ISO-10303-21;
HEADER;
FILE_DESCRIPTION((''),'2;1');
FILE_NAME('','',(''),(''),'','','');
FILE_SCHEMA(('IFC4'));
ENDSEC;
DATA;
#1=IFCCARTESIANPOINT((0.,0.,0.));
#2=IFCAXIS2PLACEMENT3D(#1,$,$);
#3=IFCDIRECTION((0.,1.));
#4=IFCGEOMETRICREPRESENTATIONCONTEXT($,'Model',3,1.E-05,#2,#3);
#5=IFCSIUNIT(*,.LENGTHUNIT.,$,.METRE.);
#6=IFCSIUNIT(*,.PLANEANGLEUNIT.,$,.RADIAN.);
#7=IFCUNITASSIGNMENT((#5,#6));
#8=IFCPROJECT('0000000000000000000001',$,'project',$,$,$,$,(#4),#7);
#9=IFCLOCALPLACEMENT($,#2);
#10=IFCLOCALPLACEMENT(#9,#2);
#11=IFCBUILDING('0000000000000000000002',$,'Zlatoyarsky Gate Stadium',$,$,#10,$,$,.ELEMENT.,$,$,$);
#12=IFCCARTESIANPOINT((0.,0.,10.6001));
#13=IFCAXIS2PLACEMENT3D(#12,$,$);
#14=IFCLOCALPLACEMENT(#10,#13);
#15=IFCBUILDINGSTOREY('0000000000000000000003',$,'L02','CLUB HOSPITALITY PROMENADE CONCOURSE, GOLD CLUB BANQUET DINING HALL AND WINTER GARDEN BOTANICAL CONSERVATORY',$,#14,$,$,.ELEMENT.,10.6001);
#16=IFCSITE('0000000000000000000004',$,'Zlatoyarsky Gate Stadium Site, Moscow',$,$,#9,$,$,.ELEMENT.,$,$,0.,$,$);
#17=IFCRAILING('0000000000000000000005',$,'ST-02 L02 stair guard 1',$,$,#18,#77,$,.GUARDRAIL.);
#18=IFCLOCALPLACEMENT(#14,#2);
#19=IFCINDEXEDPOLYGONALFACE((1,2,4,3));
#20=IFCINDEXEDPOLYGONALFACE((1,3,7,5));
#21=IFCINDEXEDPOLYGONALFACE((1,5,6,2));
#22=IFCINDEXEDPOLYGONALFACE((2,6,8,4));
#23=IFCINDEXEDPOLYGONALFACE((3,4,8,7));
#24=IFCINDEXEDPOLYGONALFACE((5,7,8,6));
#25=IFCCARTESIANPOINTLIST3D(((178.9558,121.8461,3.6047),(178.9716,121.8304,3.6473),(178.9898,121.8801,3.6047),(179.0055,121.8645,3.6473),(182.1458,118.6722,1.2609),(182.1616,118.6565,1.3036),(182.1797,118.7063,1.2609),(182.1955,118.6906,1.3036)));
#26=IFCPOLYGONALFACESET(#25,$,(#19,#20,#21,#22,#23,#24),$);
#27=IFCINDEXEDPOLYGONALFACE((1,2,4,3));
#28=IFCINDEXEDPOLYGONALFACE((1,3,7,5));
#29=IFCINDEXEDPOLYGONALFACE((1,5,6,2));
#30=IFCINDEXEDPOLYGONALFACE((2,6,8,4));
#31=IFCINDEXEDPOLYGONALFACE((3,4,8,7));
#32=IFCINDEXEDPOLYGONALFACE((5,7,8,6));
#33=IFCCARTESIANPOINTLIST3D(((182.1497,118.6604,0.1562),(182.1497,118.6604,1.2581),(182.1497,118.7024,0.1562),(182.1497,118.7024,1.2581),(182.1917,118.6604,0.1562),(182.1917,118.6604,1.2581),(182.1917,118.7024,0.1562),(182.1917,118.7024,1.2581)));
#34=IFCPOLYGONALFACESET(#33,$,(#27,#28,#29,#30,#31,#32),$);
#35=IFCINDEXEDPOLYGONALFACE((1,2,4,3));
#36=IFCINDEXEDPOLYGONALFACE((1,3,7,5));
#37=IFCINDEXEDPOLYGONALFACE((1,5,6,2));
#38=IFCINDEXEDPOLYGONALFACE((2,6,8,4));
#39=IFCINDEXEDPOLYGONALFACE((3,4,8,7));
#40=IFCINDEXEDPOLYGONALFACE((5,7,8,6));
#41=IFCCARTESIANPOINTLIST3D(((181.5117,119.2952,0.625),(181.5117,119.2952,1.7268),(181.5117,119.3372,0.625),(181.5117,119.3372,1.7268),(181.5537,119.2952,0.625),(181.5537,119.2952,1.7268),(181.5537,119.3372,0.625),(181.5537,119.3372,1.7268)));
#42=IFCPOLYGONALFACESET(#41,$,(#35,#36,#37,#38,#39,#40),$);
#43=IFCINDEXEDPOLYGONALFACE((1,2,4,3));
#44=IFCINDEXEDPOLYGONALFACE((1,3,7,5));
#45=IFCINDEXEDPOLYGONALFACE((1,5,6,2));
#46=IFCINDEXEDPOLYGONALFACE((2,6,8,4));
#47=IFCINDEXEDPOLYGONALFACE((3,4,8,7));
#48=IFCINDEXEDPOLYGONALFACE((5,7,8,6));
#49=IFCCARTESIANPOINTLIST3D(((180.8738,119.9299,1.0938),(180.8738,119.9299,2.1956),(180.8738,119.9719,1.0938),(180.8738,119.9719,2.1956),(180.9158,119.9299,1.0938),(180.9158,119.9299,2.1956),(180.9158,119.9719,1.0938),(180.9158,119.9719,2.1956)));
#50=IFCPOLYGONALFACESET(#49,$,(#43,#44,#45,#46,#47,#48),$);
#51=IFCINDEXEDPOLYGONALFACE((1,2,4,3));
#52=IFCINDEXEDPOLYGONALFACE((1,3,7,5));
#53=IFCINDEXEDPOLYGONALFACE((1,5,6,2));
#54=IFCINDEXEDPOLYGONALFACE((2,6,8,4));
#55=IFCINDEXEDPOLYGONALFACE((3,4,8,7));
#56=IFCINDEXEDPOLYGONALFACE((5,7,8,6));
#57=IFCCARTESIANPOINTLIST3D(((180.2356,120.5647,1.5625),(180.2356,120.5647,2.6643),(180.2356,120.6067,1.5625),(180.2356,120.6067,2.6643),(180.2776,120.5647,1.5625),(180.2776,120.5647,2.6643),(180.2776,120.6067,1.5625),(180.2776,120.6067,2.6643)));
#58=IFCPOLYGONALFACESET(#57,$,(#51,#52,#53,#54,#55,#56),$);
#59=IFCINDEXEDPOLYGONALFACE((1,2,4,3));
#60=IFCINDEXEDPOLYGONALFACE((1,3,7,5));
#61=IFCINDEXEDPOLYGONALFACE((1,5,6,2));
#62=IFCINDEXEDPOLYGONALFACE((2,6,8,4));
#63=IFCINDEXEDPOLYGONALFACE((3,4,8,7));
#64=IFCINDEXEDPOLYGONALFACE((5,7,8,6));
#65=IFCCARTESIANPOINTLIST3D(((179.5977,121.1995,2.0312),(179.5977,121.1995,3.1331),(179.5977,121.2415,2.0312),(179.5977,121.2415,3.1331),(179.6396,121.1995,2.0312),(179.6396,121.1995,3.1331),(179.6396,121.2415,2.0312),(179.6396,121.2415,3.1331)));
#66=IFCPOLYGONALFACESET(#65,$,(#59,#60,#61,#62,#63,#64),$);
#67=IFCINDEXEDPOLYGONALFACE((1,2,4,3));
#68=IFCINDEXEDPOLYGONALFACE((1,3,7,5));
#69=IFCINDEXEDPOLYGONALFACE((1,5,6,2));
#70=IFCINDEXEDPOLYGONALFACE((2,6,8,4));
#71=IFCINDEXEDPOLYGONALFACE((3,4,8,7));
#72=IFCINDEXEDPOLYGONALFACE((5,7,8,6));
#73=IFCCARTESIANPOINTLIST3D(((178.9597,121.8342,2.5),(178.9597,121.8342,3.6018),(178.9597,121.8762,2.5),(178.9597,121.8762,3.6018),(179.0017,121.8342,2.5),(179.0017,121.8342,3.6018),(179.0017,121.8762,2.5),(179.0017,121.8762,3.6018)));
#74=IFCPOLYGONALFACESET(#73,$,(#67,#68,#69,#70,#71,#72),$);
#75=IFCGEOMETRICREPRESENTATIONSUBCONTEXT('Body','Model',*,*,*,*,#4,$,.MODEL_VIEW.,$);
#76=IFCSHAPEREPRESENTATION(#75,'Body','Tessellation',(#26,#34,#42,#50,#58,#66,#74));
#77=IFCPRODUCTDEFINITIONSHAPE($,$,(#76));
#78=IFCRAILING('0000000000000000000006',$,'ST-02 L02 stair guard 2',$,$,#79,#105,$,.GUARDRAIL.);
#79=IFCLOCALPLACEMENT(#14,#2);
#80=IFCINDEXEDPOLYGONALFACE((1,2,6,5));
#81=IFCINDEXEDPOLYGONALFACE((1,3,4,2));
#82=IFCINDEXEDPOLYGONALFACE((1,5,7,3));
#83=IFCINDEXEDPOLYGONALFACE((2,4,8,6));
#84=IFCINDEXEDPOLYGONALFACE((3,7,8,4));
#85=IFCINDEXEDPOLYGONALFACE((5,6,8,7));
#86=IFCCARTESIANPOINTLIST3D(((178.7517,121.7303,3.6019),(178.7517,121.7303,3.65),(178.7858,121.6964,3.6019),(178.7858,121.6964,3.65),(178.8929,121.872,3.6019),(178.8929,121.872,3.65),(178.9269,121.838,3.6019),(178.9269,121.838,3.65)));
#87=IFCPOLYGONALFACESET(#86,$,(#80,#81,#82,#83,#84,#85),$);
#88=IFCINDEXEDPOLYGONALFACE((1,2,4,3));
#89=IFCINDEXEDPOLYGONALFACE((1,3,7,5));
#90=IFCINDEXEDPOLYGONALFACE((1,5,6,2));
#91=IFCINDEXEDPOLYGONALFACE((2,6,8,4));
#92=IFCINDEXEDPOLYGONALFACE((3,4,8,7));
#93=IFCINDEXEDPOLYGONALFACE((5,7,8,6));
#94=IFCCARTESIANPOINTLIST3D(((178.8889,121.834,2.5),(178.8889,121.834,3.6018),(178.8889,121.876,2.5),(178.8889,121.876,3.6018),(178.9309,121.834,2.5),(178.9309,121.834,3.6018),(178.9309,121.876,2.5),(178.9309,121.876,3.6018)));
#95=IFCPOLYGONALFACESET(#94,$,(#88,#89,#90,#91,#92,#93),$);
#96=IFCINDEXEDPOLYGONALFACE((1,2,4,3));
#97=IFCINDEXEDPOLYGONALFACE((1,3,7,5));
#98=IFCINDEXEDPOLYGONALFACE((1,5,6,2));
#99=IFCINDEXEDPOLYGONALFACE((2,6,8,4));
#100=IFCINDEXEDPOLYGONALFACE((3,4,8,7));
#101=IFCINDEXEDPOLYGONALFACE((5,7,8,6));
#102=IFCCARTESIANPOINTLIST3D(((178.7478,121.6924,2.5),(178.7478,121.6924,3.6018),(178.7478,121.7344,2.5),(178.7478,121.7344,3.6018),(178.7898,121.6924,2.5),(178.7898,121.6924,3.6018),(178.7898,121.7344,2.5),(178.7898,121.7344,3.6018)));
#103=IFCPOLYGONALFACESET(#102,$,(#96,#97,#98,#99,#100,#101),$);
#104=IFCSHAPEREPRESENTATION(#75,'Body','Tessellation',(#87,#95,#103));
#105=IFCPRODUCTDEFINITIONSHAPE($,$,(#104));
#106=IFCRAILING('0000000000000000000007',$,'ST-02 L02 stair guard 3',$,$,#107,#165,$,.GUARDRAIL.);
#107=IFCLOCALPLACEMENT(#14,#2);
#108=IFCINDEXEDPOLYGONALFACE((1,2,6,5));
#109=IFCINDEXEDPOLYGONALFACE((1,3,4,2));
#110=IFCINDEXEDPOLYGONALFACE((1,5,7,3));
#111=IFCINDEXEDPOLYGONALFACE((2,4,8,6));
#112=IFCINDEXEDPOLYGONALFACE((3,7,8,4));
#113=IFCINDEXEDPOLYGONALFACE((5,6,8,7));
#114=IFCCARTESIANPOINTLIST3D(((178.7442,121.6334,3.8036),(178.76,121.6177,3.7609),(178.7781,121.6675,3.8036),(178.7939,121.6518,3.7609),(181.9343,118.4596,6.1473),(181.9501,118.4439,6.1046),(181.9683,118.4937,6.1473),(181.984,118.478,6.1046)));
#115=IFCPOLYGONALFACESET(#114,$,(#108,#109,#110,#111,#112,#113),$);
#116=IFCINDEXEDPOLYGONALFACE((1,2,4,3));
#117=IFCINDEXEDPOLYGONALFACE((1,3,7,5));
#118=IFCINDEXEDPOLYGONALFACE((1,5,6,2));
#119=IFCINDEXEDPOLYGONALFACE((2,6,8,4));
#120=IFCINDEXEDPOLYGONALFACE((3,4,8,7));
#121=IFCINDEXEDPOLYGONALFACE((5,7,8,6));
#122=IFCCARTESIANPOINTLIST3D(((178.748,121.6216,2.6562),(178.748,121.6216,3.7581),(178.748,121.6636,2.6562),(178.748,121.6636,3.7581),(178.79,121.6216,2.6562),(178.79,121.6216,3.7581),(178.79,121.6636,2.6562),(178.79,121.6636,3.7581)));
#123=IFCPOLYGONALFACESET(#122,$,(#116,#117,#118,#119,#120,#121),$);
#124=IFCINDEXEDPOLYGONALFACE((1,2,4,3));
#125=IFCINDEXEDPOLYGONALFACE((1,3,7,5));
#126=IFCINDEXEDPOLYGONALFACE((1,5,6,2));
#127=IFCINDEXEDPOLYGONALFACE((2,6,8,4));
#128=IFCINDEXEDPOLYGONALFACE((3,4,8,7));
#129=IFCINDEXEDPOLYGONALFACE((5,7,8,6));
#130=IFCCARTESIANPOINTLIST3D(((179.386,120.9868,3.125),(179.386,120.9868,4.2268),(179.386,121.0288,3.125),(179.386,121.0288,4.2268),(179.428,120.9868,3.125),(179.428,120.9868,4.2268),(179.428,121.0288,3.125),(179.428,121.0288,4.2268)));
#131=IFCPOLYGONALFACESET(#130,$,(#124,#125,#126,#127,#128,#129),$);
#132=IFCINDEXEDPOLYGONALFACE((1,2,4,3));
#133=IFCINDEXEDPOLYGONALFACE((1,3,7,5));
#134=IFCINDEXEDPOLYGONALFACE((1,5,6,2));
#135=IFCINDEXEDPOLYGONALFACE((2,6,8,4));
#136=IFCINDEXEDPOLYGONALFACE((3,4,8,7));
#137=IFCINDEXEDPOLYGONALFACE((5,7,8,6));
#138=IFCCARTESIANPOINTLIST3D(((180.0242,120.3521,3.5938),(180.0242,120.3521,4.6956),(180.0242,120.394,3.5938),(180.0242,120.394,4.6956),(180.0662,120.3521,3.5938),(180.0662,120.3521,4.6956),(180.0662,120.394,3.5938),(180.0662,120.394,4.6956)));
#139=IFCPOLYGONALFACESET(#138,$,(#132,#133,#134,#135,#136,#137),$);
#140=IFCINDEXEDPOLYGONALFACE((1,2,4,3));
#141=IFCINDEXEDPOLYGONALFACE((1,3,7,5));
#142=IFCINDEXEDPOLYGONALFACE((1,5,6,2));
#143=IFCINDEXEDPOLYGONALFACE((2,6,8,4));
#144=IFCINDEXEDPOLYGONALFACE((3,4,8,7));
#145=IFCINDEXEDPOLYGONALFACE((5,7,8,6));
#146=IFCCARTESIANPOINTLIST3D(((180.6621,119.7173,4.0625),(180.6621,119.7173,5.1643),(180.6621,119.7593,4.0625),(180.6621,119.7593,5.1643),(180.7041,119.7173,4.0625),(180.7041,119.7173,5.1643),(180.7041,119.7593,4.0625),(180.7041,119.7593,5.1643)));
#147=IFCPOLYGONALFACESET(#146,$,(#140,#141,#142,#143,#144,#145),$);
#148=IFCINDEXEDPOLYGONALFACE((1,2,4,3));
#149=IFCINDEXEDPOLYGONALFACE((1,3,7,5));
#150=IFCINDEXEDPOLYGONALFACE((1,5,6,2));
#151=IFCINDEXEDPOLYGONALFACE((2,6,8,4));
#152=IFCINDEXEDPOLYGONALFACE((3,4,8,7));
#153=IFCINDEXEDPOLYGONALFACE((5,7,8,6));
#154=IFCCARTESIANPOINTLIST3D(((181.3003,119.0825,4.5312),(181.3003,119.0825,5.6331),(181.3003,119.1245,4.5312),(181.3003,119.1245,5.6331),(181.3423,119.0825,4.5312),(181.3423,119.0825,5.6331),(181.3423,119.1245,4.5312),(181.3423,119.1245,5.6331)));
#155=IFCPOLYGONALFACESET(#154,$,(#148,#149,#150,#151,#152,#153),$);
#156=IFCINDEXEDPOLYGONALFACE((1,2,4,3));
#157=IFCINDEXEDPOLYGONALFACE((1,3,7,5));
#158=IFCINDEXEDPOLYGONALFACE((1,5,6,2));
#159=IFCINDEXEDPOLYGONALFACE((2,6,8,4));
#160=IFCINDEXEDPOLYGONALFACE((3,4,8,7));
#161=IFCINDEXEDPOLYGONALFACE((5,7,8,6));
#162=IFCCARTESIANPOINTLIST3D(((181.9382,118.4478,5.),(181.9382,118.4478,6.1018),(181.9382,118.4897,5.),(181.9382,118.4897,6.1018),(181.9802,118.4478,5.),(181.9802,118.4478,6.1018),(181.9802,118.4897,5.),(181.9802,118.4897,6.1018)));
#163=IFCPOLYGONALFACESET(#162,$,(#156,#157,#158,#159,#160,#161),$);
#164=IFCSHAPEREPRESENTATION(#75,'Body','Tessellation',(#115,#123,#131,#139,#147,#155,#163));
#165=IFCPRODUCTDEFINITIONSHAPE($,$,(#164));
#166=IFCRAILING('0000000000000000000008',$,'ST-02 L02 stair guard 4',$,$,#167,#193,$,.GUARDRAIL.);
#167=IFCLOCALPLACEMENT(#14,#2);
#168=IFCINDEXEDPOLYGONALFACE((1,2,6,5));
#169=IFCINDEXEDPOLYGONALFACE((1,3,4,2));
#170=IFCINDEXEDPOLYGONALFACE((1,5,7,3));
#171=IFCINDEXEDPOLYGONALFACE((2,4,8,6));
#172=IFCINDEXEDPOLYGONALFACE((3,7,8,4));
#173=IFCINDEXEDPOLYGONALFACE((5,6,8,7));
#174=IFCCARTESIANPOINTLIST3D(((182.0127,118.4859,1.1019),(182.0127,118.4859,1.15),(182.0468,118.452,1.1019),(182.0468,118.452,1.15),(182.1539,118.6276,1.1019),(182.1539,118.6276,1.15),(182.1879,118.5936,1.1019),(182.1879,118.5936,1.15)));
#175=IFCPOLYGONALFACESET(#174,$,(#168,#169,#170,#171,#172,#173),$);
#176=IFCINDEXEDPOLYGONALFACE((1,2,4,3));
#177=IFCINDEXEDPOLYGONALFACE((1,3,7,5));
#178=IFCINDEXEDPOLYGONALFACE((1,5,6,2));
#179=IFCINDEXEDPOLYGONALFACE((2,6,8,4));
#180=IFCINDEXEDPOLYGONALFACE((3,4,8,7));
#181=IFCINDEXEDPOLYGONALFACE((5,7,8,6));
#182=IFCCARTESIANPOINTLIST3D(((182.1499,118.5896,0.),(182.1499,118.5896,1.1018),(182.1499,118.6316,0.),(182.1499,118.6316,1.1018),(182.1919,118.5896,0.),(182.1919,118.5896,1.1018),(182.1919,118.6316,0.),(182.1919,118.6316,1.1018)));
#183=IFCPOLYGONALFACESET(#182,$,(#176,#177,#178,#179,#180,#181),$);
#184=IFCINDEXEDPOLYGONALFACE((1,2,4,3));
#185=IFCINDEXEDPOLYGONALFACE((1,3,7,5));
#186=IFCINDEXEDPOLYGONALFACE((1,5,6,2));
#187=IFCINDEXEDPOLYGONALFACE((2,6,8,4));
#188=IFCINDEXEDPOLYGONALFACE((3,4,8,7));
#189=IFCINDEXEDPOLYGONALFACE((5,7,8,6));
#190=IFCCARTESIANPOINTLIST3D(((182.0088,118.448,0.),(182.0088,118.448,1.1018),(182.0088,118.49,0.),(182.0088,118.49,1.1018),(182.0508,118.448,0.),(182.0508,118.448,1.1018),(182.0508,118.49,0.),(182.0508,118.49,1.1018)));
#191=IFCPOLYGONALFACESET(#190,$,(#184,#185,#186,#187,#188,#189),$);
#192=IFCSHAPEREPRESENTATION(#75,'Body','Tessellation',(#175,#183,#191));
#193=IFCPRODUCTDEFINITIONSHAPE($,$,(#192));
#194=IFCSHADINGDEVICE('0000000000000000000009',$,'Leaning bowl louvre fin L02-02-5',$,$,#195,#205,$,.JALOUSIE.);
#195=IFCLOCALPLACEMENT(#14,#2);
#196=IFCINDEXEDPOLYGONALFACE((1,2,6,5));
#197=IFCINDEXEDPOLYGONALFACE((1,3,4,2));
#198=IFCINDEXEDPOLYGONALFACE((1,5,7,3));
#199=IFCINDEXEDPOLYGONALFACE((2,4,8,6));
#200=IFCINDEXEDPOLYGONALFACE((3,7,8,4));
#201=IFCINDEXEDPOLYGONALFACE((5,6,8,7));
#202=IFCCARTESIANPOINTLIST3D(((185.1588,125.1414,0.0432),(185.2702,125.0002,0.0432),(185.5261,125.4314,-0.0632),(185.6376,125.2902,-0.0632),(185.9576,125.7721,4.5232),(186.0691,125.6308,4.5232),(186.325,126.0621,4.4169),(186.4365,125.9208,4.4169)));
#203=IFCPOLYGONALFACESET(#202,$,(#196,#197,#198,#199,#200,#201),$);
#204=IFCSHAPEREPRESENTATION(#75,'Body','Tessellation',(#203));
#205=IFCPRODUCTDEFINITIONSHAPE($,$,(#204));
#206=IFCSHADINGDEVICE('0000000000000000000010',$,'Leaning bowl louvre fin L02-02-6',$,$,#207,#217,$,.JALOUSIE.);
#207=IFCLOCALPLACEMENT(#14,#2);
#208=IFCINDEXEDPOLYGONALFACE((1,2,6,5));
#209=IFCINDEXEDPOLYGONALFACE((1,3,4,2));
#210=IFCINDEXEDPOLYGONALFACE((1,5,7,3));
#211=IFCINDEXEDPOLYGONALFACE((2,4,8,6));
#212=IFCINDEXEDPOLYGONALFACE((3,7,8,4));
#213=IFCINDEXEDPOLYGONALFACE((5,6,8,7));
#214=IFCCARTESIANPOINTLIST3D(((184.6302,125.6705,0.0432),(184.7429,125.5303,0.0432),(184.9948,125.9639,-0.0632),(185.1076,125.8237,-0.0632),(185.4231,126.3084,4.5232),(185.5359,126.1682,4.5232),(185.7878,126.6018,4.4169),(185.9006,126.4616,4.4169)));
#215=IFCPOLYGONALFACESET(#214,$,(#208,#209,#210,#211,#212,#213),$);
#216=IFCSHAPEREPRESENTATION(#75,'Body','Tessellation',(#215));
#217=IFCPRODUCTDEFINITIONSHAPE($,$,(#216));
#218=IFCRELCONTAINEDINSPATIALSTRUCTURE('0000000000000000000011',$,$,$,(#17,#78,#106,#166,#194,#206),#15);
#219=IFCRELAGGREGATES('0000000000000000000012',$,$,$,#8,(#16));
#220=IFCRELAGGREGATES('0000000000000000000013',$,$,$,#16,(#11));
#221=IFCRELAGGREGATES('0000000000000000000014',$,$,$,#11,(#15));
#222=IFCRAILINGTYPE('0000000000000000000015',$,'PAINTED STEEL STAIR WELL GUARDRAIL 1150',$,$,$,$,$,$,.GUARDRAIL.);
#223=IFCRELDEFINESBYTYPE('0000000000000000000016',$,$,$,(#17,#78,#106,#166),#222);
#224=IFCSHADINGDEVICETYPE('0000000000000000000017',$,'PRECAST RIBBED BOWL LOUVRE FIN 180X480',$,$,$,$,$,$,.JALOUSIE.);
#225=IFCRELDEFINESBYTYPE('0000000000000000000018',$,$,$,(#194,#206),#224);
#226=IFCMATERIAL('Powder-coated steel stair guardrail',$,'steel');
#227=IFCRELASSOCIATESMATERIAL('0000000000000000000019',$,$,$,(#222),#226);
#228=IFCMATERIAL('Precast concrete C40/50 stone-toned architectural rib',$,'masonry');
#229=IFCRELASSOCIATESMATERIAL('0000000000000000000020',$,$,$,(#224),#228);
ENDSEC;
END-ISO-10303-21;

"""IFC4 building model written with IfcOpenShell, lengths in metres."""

from ifc_helpers import new_model, si_unit, direction, frame, origin, origin_2d, place, context, subcontext, project, spatial, rectangle, extrude, material, material_profile, profile_set, type_object, element, save


model = new_model("IFC4")

# Units and contexts
model_context = context("Model", 3, precision=1e-05, world=origin(), true_north=direction((0.0, 1.0)))
body_context = subcontext(model_context, "Body", "Model", "MODEL_VIEW")
ifc_project = project(units=[si_unit("LENGTHUNIT", "METRE"), si_unit("PLANEANGLEUNIT", "RADIAN")], contexts=[model_context])

# Site, building, storey
site_placement = place(None, origin())
site = spatial("IfcSite", under=ifc_project, at=site_placement, Name="Zlatoyarsky Gate Stadium Site, Moscow", CompositionType="ELEMENT", RefElevation=0.0)
building_placement = place(site_placement, origin())
building = spatial("IfcBuilding", under=site, at=building_placement, Name="Zlatoyarsky Gate Stadium", CompositionType="ELEMENT")
storey_placement = place(building_placement, frame((0.0, 0.0, 10.6001)))
storey = spatial("IfcBuildingStorey", under=building, at=storey_placement, Name="L02", Description="CLUB HOSPITALITY PROMENADE CONCOURSE, GOLD CLUB BANQUET DINING HALL AND WINTER GARDEN BOTANICAL CONSERVATORY", CompositionType="ELEMENT", Elevation=10.6001)

# Railings
ifc_material_1 = material(Name="Powder-coated steel stair guardrail", Category="steel")
railing_type_1 = type_object("IfcRailingType", Name="PAINTED STEEL STAIR WELL GUARDRAIL 1150", PredefinedType="GUARDRAIL", material=ifc_material_1)
railing_1_placement = place(storey_placement, frame((182.1707, 118.6814, 0.1562)))
element("IfcRailing", 1, at=railing_1_placement, inside=storey, type_object=railing_type_1, Name="ST-02 L02 stair guard 1", PredefinedType="GUARDRAIL", context=body_context, shape_type="SweptSolid", body=[
    extrude(rectangle(XDim=0.0481, YDim=0.0481, at=origin_2d()), frame((0.0, 0.0, 1.126), z_axis=(-0.628725, 0.625549, 0.461944), x_axis=(-0.705314, -0.708895, 0.0)), (0.0, 0.0, 1.0), 5.0737),
    extrude(rectangle(XDim=0.042, YDim=0.042, at=origin_2d()), origin(), (0.0, 0.0, 1.0), 1.1018),
    extrude(rectangle(XDim=0.042, YDim=0.042, at=origin_2d()), frame((-0.6379, 0.6348, 0.4688)), (0.0, 0.0, 1.0), 1.1018),
    extrude(rectangle(XDim=0.042, YDim=0.042, at=origin_2d()), frame((-1.2759, 1.2695, 0.9375)), (0.0, 0.0, 1.0), 1.1018),
    extrude(rectangle(XDim=0.042, YDim=0.042, at=origin_2d()), frame((-1.9141, 1.9043, 1.4062)), (0.0, 0.0, 1.0), 1.1018),
    extrude(rectangle(XDim=0.042, YDim=0.042, at=origin_2d()), frame((-2.552, 2.5391, 1.875)), (0.0, 0.0, 1.0), 1.1018),
    extrude(rectangle(XDim=0.042, YDim=0.042, at=origin_2d()), frame((-3.1899, 3.1738, 2.3438)), (0.0, 0.0, 1.0), 1.1018),
])
railing_2_placement = place(storey_placement, frame((178.9099, 121.855, 2.5)))
element("IfcRailing", 2, at=railing_2_placement, inside=storey, type_object=railing_type_1, Name="ST-02 L02 stair guard 2", PredefinedType="GUARDRAIL", context=body_context, shape_type="SweptSolid", body=[
    extrude(rectangle(XDim=0.0481, YDim=0.0481, at=origin_2d()), frame((0.0, 0.0, 1.126), z_axis=(-0.705884, -0.708327, 0.0), x_axis=(0.708327, -0.705884, 0.0)), (0.0, 0.0, 1.0), 0.2),
    extrude(rectangle(XDim=0.042, YDim=0.042, at=origin_2d()), origin(), (0.0, 0.0, 1.0), 1.1018),
    extrude(rectangle(XDim=0.042, YDim=0.042, at=origin_2d()), frame((-0.1411, -0.1416, 0.0)), (0.0, 0.0, 1.0), 1.1018),
])
railing_3_placement = place(storey_placement, frame((178.769, 121.6426, 2.6562)))
element("IfcRailing", 3, at=railing_3_placement, inside=storey, type_object=railing_type_1, Name="ST-02 L02 stair guard 3", PredefinedType="GUARDRAIL", context=body_context, shape_type="SweptSolid", body=[
    extrude(rectangle(XDim=0.0481, YDim=0.0481, at=origin_2d()), frame((0.0, 0.0, 1.126), z_axis=(0.628754, -0.62553, 0.46193), x_axis=(0.705287, 0.708922, 0.0)), (0.0, 0.0, 1.0), 5.0737),
    extrude(rectangle(XDim=0.042, YDim=0.042, at=origin_2d()), origin(), (0.0, 0.0, 1.0), 1.1018),
    extrude(rectangle(XDim=0.042, YDim=0.042, at=origin_2d()), frame((0.6379, -0.6348, 0.4688)), (0.0, 0.0, 1.0), 1.1018),
    extrude(rectangle(XDim=0.042, YDim=0.042, at=origin_2d()), frame((1.2761, -1.2695, 0.9375)), (0.0, 0.0, 1.0), 1.1018),
    extrude(rectangle(XDim=0.042, YDim=0.042, at=origin_2d()), frame((1.9141, -1.9043, 1.4062)), (0.0, 0.0, 1.0), 1.1018),
    extrude(rectangle(XDim=0.042, YDim=0.042, at=origin_2d()), frame((2.5522, -2.5391, 1.875)), (0.0, 0.0, 1.0), 1.1018),
    extrude(rectangle(XDim=0.042, YDim=0.042, at=origin_2d()), frame((3.1902, -3.1738, 2.3438)), (0.0, 0.0, 1.0), 1.1018),
])
railing_4_placement = place(storey_placement, frame((182.1709, 118.6106, 0.0)))
element("IfcRailing", 4, at=railing_4_placement, inside=storey, type_object=railing_type_1, Name="ST-02 L02 stair guard 4", PredefinedType="GUARDRAIL", context=body_context, shape_type="SweptSolid", body=[
    extrude(rectangle(XDim=0.0481, YDim=0.0481, at=origin_2d()), frame((0.0, 0.0, 1.126), z_axis=(-0.705884, -0.708327, 0.0), x_axis=(0.708327, -0.705884, 0.0)), (0.0, 0.0, 1.0), 0.2),
    extrude(rectangle(XDim=0.042, YDim=0.042, at=origin_2d()), origin(), (0.0, 0.0, 1.0), 1.1018),
    extrude(rectangle(XDim=0.042, YDim=0.042, at=origin_2d()), frame((-0.1411, -0.1416, 0.0)), (0.0, 0.0, 1.0), 1.1018),
])

# Shading devices
ifc_material_2 = material(Name="Precast concrete C40/50 stone-toned architectural rib", Category="masonry")
ifc_material_profile_1 = material_profile(ifc_material_2, rectangle(XDim=0.1799, YDim=0.48, at=origin_2d()), Name="RIB 180X480")
ifc_profile_set_1 = profile_set([ifc_material_profile_1], Name="Precast concrete C40/50 stone-toned architectural rib")
shading_device_type = type_object("IfcShadingDeviceType", Name="PRECAST RIBBED BOWL LOUVRE FIN 180X480", PredefinedType="JALOUSIE", material=ifc_profile_set_1)
for number, where, z_axis, x_axis, name in (
    (5, (185.3982, 125.2158, -0.01), (0.17388, 0.137265, 0.975153), (-0.619621, 0.784901, 0.0), "Leaning bowl louvre fin L02-02-5"),
    (6, (184.8689, 125.7471, -0.01), (0.172605, 0.13886, 0.975154), (-0.626828, 0.779157, 0.0), "Leaning bowl louvre fin L02-02-6"),
):
    element("IfcShadingDevice", number, at=place(storey_placement, frame(where, z_axis=z_axis, x_axis=x_axis)), inside=storey, type_object=shading_device_type, Name=name, PredefinedType="JALOUSIE", context=body_context, shape_type="SweptSolid", body=[
        extrude(rectangle(XDim=0.1799, YDim=0.48, at=origin_2d()), origin(), (0.0, 0.0, 1.0), 4.5942),
    ])

save(model, "model.ifc")
